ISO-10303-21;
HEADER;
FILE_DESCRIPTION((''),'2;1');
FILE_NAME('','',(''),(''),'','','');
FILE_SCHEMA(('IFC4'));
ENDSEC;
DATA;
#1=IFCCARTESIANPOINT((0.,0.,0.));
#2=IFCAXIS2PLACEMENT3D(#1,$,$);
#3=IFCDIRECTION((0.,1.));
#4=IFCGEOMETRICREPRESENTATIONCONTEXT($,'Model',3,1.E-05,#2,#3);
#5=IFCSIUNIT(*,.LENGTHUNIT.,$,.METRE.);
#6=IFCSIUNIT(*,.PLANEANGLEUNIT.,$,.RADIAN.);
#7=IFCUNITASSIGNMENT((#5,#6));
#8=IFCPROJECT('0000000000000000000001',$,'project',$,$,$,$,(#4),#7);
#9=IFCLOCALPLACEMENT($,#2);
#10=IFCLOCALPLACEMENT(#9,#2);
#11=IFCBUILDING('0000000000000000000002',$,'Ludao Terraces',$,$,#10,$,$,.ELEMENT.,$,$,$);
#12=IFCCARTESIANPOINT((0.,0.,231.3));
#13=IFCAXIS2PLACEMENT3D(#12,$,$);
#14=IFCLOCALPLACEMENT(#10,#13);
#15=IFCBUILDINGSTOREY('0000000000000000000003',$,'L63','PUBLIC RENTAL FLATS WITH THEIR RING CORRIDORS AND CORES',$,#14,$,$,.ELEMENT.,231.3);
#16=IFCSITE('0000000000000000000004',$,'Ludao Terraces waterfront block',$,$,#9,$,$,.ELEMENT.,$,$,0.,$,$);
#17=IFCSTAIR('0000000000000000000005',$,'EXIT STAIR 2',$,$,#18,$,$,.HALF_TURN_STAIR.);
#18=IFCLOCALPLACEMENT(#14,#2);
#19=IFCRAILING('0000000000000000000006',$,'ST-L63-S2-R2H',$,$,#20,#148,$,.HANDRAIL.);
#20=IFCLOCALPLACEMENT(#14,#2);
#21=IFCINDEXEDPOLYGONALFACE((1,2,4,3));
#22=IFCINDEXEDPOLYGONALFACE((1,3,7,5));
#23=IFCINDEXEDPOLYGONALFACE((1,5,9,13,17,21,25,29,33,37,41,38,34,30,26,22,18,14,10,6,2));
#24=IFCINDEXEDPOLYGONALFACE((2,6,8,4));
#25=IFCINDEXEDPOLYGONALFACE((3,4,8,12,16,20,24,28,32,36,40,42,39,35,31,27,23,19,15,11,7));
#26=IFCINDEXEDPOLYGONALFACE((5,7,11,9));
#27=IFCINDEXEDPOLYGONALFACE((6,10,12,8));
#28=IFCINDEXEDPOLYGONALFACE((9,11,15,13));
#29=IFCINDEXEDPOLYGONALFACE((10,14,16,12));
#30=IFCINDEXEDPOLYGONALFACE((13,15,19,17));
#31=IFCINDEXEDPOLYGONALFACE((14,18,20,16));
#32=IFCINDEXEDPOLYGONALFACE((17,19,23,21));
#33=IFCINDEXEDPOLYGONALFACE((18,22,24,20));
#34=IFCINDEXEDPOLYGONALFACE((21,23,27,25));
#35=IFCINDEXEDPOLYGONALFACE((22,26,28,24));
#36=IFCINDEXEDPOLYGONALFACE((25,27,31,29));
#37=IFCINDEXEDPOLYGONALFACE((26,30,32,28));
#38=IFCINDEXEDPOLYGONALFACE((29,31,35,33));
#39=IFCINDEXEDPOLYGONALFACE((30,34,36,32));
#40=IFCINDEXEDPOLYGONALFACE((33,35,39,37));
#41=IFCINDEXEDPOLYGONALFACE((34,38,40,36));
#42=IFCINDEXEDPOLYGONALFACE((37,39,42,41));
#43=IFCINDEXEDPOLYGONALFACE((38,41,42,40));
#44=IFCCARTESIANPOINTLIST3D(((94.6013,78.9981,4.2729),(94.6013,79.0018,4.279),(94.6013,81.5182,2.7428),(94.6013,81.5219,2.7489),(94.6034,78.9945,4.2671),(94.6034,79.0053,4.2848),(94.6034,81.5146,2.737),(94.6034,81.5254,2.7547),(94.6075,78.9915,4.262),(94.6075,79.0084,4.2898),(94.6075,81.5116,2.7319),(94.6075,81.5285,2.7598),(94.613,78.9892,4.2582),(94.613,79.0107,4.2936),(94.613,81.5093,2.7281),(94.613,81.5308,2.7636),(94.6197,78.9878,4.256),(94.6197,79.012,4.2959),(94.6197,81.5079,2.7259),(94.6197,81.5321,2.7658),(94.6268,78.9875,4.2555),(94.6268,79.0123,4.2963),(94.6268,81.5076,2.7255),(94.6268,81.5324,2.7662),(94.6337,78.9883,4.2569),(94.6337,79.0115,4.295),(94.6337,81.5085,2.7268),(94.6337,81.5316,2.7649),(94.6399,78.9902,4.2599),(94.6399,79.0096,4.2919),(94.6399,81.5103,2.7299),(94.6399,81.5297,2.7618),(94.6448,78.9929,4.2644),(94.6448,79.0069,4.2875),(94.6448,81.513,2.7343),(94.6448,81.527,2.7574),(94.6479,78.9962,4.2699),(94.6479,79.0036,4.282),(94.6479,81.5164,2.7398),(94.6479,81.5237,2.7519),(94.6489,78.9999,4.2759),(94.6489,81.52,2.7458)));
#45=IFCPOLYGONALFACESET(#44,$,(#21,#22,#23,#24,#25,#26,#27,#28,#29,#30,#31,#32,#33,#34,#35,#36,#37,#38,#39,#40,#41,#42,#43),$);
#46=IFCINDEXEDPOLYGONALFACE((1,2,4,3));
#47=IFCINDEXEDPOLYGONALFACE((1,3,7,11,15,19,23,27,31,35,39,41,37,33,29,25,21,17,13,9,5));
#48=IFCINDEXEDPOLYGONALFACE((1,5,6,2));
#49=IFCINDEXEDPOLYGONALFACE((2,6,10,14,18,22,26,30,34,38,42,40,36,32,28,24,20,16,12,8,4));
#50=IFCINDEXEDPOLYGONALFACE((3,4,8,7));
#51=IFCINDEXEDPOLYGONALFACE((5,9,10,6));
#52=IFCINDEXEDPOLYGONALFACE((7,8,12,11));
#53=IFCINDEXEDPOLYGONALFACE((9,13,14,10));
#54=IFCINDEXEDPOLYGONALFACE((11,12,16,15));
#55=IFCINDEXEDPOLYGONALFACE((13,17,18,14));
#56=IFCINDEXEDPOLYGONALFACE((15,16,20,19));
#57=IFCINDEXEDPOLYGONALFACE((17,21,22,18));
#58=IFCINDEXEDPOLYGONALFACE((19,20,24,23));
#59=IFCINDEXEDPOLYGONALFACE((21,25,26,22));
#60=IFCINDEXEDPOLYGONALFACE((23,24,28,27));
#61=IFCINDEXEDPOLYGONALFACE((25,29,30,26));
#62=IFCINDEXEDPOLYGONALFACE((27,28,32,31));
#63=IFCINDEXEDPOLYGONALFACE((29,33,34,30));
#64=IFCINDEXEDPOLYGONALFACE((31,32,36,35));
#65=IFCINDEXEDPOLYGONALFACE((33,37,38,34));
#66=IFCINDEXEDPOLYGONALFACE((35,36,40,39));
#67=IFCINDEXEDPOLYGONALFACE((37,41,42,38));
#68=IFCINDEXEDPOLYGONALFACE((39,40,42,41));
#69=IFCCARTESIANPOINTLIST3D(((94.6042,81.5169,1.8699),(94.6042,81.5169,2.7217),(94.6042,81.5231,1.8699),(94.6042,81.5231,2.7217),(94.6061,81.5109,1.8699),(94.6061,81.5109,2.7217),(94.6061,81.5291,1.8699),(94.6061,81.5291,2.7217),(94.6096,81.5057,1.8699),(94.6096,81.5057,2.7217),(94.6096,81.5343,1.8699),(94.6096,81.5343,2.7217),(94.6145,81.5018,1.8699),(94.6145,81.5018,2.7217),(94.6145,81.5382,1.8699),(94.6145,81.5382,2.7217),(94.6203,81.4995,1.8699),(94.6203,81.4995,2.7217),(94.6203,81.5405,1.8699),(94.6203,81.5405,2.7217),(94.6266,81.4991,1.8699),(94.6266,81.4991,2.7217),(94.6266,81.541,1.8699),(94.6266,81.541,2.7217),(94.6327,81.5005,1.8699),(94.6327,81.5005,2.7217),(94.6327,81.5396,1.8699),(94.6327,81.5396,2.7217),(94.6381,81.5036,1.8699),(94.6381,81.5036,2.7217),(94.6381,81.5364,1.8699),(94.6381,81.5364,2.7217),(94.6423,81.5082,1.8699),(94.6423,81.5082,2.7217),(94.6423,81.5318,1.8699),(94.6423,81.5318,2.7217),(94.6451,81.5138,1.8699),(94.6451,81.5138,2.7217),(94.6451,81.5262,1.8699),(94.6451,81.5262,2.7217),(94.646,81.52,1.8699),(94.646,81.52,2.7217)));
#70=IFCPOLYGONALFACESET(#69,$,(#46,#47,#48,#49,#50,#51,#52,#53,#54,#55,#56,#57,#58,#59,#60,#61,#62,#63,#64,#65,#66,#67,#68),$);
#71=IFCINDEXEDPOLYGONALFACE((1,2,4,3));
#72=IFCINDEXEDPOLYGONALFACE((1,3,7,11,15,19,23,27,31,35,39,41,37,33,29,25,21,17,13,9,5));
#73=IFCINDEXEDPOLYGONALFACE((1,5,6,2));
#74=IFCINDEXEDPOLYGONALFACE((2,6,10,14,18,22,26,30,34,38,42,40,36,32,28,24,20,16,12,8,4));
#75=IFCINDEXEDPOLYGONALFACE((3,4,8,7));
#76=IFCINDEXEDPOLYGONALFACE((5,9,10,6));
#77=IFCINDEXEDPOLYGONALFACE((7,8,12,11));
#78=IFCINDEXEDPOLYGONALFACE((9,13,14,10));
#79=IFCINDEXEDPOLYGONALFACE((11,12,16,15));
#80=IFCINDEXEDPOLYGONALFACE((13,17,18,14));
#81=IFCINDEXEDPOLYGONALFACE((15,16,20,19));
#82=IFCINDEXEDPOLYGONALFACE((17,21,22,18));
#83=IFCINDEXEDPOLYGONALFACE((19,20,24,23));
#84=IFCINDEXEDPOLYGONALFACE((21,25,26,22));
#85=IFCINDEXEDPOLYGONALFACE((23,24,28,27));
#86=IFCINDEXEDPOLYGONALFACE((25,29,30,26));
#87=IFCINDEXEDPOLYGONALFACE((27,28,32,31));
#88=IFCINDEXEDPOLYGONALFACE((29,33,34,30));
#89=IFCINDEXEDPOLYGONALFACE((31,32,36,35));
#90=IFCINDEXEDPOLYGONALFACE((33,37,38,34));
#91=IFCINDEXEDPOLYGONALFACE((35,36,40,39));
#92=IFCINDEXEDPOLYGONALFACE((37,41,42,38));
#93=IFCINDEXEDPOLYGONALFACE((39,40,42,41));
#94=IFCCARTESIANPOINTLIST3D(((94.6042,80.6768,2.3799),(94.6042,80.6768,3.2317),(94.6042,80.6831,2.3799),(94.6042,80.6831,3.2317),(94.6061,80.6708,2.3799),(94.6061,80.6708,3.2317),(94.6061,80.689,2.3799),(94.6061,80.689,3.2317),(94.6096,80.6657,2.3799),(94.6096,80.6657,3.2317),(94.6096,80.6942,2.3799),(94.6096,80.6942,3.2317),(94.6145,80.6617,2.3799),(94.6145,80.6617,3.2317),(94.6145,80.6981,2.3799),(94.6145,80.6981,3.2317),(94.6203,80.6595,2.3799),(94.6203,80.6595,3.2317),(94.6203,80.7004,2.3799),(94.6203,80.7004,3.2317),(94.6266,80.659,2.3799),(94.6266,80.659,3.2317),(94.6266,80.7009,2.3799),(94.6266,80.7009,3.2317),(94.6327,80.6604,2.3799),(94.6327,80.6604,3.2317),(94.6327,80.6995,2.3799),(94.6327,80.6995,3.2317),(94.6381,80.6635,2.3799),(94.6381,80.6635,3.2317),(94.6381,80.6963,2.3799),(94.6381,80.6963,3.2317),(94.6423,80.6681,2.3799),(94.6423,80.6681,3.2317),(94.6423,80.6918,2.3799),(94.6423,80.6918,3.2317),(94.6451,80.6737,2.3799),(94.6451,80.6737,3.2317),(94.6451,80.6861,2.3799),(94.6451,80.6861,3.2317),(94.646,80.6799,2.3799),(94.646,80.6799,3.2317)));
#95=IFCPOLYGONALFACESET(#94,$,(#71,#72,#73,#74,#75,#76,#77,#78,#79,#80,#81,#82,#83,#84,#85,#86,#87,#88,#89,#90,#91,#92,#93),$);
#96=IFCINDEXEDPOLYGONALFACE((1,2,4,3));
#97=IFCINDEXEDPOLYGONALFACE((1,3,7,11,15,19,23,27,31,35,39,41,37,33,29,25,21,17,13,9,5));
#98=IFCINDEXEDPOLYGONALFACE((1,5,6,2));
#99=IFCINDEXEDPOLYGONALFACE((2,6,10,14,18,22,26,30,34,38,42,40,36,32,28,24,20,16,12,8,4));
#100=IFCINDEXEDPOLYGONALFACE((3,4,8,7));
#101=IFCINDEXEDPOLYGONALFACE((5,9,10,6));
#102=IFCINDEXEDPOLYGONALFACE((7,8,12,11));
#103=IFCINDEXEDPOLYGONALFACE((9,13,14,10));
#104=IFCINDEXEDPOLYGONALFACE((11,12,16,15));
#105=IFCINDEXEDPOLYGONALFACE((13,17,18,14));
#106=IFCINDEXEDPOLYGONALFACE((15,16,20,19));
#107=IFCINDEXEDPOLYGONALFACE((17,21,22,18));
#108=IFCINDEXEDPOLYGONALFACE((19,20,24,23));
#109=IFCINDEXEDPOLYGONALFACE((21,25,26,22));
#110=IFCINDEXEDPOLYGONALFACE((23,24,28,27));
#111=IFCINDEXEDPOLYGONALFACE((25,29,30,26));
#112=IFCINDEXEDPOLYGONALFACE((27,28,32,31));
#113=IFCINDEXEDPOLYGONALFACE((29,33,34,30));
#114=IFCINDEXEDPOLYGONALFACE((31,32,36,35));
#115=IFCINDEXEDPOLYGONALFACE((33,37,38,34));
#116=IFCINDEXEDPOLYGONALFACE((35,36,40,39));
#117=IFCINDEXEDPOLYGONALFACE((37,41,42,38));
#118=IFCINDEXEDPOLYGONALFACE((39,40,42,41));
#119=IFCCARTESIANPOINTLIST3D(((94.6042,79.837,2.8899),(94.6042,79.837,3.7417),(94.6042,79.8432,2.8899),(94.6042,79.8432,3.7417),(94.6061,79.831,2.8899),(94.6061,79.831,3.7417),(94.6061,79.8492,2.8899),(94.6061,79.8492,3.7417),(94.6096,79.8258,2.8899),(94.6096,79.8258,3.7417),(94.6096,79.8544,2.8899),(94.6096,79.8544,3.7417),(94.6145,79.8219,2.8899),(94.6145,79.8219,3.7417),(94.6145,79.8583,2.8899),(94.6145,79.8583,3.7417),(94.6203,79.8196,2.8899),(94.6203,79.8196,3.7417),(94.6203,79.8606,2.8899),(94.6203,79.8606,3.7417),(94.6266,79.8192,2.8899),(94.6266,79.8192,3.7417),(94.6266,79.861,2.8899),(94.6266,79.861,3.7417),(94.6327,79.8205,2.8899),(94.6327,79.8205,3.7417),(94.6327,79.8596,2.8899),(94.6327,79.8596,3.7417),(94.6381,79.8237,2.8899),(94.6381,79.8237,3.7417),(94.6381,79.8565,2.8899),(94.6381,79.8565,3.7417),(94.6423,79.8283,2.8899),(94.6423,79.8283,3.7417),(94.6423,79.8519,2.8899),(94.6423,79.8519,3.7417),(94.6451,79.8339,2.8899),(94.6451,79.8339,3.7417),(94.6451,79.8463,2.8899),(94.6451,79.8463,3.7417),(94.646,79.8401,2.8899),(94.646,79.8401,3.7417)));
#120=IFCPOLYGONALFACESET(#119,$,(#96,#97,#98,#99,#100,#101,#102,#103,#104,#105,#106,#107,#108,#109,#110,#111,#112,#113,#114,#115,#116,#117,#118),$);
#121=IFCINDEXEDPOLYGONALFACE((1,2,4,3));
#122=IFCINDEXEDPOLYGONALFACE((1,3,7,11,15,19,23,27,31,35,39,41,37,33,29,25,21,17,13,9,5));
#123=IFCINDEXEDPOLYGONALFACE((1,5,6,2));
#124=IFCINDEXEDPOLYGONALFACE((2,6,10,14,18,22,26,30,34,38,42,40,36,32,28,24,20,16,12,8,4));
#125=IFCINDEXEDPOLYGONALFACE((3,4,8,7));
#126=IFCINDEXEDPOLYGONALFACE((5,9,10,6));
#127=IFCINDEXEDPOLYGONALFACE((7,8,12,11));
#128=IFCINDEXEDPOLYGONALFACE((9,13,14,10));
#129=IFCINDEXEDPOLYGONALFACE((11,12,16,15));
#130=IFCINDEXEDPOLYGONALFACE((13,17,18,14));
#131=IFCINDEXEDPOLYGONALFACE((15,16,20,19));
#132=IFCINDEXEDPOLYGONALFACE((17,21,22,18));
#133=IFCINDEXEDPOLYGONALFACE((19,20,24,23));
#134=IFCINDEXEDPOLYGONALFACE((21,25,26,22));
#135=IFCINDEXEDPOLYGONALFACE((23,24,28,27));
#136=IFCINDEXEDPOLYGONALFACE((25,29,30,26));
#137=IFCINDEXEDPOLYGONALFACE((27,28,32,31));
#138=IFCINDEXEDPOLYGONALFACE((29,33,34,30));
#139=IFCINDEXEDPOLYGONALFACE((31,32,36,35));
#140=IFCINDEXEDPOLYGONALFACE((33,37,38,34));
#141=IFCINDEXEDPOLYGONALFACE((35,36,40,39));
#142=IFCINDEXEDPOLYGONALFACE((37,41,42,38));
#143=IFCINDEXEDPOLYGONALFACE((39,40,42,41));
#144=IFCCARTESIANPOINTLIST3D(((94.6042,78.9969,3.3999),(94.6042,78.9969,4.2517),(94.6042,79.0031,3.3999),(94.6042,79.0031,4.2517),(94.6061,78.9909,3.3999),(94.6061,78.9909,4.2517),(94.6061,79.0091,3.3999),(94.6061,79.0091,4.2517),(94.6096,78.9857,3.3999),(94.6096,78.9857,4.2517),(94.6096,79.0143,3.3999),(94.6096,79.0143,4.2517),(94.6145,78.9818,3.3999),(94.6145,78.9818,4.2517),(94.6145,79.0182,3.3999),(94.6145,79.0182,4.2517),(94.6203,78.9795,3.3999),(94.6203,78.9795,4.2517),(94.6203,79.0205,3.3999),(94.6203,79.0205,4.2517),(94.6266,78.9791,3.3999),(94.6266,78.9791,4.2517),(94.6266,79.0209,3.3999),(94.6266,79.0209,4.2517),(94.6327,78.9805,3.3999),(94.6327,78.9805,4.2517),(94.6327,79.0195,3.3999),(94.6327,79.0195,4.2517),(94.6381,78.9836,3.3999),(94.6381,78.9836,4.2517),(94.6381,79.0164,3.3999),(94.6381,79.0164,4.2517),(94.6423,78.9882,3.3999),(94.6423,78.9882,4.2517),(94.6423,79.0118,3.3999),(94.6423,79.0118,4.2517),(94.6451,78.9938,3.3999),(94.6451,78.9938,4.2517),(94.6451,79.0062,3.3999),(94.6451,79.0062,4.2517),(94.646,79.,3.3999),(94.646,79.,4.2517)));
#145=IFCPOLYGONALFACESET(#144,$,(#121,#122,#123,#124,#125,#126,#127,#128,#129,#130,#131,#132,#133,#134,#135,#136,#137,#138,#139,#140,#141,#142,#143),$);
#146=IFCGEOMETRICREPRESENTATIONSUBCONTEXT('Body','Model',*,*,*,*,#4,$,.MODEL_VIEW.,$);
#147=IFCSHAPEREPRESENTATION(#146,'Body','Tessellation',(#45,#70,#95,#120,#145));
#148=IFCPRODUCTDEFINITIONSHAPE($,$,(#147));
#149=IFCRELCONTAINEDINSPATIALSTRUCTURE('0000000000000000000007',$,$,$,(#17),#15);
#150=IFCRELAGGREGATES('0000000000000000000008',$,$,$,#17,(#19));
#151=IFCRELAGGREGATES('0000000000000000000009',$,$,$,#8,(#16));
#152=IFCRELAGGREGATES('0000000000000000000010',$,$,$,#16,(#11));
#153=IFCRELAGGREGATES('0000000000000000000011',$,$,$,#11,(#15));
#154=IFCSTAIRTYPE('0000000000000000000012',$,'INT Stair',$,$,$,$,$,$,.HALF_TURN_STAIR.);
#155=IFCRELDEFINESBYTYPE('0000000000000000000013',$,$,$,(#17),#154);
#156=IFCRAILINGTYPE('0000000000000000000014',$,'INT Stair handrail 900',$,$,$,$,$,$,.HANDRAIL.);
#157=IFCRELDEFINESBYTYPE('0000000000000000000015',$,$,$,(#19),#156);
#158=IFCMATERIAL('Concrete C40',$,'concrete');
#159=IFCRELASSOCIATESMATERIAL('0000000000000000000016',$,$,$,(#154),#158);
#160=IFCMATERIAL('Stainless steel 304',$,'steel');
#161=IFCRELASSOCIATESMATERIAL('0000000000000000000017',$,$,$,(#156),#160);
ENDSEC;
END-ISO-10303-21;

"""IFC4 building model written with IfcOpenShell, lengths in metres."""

from ifc_helpers import new_model, si_unit, direction, frame, origin, origin_2d, place, context, subcontext, project, spatial, circle, extrude, material, type_object, element, aggregate, save


model = new_model("IFC4")

# Units and contexts
model_context = context("Model", 3, precision=1e-05, world=origin(), true_north=direction((0.0, 1.0)))
body_context = subcontext(model_context, "Body", "Model", "MODEL_VIEW")
ifc_project = project(units=[si_unit("LENGTHUNIT", "METRE"), si_unit("PLANEANGLEUNIT", "RADIAN")], contexts=[model_context])

# Site, building, storey
site_placement = place(None, origin())
site = spatial("IfcSite", under=ifc_project, at=site_placement, Name="Ludao Terraces waterfront block", CompositionType="ELEMENT", RefElevation=0.0)
building_placement = place(site_placement, origin())
building = spatial("IfcBuilding", under=site, at=building_placement, Name="Ludao Terraces", CompositionType="ELEMENT")
storey_placement = place(building_placement, frame((0.0, 0.0, 231.3)))
storey = spatial("IfcBuildingStorey", under=building, at=storey_placement, Name="L63", Description="PUBLIC RENTAL FLATS WITH THEIR RING CORRIDORS AND CORES", CompositionType="ELEMENT", Elevation=231.3)

# Shared definitions
ifc_material_1 = material(Name="Stainless steel 304", Category="steel")

# Stair, railing
ifc_material_2 = material(Name="Concrete C40", Category="concrete")
stair_type = type_object("IfcStairType", Name="INT Stair", PredefinedType="HALF_TURN_STAIR", material=ifc_material_2)
stair_placement = place(storey_placement, origin())
stair = element("IfcStair", 1, at=stair_placement, inside=storey, type_object=stair_type, Name="EXIT STAIR 2", PredefinedType="HALF_TURN_STAIR")
railing_type_1 = type_object("IfcRailingType", Name="INT Stair handrail 900", PredefinedType="HANDRAIL", material=ifc_material_1)
railing_1_placement = place(storey_placement, frame((94.625, 81.52, 1.8699)))
railing_1 = element("IfcRailing", 2, at=railing_1_placement, type_object=railing_type_1, Name="ST-L63-S2-R2H", PredefinedType="HANDRAIL", context=body_context, shape_type="SweptSolid", body=[
    extrude(circle(Radius=0.0239, at=origin_2d()), frame((0.0, 0.0, 0.876), z_axis=(0.0, -0.854785, 0.518982), x_axis=(1.0, 0.0, 0.0)), (0.0, 0.0, 1.0), 2.9482),
    extrude(circle(Radius=0.021, at=origin_2d()), origin(), (0.0, 0.0, 1.0), 0.8518),
    extrude(circle(Radius=0.021, at=origin_2d()), frame((0.0, -0.8401, 0.51)), (0.0, 0.0, 1.0), 0.8518),
    extrude(circle(Radius=0.021, at=origin_2d()), frame((0.0, -1.6799, 1.02)), (0.0, 0.0, 1.0), 0.8518),
    extrude(circle(Radius=0.021, at=origin_2d()), frame((0.0, -2.52, 1.53)), (0.0, 0.0, 1.0), 0.8518),
])
aggregate(stair, [railing_1])

save(model, "model.ifc")
